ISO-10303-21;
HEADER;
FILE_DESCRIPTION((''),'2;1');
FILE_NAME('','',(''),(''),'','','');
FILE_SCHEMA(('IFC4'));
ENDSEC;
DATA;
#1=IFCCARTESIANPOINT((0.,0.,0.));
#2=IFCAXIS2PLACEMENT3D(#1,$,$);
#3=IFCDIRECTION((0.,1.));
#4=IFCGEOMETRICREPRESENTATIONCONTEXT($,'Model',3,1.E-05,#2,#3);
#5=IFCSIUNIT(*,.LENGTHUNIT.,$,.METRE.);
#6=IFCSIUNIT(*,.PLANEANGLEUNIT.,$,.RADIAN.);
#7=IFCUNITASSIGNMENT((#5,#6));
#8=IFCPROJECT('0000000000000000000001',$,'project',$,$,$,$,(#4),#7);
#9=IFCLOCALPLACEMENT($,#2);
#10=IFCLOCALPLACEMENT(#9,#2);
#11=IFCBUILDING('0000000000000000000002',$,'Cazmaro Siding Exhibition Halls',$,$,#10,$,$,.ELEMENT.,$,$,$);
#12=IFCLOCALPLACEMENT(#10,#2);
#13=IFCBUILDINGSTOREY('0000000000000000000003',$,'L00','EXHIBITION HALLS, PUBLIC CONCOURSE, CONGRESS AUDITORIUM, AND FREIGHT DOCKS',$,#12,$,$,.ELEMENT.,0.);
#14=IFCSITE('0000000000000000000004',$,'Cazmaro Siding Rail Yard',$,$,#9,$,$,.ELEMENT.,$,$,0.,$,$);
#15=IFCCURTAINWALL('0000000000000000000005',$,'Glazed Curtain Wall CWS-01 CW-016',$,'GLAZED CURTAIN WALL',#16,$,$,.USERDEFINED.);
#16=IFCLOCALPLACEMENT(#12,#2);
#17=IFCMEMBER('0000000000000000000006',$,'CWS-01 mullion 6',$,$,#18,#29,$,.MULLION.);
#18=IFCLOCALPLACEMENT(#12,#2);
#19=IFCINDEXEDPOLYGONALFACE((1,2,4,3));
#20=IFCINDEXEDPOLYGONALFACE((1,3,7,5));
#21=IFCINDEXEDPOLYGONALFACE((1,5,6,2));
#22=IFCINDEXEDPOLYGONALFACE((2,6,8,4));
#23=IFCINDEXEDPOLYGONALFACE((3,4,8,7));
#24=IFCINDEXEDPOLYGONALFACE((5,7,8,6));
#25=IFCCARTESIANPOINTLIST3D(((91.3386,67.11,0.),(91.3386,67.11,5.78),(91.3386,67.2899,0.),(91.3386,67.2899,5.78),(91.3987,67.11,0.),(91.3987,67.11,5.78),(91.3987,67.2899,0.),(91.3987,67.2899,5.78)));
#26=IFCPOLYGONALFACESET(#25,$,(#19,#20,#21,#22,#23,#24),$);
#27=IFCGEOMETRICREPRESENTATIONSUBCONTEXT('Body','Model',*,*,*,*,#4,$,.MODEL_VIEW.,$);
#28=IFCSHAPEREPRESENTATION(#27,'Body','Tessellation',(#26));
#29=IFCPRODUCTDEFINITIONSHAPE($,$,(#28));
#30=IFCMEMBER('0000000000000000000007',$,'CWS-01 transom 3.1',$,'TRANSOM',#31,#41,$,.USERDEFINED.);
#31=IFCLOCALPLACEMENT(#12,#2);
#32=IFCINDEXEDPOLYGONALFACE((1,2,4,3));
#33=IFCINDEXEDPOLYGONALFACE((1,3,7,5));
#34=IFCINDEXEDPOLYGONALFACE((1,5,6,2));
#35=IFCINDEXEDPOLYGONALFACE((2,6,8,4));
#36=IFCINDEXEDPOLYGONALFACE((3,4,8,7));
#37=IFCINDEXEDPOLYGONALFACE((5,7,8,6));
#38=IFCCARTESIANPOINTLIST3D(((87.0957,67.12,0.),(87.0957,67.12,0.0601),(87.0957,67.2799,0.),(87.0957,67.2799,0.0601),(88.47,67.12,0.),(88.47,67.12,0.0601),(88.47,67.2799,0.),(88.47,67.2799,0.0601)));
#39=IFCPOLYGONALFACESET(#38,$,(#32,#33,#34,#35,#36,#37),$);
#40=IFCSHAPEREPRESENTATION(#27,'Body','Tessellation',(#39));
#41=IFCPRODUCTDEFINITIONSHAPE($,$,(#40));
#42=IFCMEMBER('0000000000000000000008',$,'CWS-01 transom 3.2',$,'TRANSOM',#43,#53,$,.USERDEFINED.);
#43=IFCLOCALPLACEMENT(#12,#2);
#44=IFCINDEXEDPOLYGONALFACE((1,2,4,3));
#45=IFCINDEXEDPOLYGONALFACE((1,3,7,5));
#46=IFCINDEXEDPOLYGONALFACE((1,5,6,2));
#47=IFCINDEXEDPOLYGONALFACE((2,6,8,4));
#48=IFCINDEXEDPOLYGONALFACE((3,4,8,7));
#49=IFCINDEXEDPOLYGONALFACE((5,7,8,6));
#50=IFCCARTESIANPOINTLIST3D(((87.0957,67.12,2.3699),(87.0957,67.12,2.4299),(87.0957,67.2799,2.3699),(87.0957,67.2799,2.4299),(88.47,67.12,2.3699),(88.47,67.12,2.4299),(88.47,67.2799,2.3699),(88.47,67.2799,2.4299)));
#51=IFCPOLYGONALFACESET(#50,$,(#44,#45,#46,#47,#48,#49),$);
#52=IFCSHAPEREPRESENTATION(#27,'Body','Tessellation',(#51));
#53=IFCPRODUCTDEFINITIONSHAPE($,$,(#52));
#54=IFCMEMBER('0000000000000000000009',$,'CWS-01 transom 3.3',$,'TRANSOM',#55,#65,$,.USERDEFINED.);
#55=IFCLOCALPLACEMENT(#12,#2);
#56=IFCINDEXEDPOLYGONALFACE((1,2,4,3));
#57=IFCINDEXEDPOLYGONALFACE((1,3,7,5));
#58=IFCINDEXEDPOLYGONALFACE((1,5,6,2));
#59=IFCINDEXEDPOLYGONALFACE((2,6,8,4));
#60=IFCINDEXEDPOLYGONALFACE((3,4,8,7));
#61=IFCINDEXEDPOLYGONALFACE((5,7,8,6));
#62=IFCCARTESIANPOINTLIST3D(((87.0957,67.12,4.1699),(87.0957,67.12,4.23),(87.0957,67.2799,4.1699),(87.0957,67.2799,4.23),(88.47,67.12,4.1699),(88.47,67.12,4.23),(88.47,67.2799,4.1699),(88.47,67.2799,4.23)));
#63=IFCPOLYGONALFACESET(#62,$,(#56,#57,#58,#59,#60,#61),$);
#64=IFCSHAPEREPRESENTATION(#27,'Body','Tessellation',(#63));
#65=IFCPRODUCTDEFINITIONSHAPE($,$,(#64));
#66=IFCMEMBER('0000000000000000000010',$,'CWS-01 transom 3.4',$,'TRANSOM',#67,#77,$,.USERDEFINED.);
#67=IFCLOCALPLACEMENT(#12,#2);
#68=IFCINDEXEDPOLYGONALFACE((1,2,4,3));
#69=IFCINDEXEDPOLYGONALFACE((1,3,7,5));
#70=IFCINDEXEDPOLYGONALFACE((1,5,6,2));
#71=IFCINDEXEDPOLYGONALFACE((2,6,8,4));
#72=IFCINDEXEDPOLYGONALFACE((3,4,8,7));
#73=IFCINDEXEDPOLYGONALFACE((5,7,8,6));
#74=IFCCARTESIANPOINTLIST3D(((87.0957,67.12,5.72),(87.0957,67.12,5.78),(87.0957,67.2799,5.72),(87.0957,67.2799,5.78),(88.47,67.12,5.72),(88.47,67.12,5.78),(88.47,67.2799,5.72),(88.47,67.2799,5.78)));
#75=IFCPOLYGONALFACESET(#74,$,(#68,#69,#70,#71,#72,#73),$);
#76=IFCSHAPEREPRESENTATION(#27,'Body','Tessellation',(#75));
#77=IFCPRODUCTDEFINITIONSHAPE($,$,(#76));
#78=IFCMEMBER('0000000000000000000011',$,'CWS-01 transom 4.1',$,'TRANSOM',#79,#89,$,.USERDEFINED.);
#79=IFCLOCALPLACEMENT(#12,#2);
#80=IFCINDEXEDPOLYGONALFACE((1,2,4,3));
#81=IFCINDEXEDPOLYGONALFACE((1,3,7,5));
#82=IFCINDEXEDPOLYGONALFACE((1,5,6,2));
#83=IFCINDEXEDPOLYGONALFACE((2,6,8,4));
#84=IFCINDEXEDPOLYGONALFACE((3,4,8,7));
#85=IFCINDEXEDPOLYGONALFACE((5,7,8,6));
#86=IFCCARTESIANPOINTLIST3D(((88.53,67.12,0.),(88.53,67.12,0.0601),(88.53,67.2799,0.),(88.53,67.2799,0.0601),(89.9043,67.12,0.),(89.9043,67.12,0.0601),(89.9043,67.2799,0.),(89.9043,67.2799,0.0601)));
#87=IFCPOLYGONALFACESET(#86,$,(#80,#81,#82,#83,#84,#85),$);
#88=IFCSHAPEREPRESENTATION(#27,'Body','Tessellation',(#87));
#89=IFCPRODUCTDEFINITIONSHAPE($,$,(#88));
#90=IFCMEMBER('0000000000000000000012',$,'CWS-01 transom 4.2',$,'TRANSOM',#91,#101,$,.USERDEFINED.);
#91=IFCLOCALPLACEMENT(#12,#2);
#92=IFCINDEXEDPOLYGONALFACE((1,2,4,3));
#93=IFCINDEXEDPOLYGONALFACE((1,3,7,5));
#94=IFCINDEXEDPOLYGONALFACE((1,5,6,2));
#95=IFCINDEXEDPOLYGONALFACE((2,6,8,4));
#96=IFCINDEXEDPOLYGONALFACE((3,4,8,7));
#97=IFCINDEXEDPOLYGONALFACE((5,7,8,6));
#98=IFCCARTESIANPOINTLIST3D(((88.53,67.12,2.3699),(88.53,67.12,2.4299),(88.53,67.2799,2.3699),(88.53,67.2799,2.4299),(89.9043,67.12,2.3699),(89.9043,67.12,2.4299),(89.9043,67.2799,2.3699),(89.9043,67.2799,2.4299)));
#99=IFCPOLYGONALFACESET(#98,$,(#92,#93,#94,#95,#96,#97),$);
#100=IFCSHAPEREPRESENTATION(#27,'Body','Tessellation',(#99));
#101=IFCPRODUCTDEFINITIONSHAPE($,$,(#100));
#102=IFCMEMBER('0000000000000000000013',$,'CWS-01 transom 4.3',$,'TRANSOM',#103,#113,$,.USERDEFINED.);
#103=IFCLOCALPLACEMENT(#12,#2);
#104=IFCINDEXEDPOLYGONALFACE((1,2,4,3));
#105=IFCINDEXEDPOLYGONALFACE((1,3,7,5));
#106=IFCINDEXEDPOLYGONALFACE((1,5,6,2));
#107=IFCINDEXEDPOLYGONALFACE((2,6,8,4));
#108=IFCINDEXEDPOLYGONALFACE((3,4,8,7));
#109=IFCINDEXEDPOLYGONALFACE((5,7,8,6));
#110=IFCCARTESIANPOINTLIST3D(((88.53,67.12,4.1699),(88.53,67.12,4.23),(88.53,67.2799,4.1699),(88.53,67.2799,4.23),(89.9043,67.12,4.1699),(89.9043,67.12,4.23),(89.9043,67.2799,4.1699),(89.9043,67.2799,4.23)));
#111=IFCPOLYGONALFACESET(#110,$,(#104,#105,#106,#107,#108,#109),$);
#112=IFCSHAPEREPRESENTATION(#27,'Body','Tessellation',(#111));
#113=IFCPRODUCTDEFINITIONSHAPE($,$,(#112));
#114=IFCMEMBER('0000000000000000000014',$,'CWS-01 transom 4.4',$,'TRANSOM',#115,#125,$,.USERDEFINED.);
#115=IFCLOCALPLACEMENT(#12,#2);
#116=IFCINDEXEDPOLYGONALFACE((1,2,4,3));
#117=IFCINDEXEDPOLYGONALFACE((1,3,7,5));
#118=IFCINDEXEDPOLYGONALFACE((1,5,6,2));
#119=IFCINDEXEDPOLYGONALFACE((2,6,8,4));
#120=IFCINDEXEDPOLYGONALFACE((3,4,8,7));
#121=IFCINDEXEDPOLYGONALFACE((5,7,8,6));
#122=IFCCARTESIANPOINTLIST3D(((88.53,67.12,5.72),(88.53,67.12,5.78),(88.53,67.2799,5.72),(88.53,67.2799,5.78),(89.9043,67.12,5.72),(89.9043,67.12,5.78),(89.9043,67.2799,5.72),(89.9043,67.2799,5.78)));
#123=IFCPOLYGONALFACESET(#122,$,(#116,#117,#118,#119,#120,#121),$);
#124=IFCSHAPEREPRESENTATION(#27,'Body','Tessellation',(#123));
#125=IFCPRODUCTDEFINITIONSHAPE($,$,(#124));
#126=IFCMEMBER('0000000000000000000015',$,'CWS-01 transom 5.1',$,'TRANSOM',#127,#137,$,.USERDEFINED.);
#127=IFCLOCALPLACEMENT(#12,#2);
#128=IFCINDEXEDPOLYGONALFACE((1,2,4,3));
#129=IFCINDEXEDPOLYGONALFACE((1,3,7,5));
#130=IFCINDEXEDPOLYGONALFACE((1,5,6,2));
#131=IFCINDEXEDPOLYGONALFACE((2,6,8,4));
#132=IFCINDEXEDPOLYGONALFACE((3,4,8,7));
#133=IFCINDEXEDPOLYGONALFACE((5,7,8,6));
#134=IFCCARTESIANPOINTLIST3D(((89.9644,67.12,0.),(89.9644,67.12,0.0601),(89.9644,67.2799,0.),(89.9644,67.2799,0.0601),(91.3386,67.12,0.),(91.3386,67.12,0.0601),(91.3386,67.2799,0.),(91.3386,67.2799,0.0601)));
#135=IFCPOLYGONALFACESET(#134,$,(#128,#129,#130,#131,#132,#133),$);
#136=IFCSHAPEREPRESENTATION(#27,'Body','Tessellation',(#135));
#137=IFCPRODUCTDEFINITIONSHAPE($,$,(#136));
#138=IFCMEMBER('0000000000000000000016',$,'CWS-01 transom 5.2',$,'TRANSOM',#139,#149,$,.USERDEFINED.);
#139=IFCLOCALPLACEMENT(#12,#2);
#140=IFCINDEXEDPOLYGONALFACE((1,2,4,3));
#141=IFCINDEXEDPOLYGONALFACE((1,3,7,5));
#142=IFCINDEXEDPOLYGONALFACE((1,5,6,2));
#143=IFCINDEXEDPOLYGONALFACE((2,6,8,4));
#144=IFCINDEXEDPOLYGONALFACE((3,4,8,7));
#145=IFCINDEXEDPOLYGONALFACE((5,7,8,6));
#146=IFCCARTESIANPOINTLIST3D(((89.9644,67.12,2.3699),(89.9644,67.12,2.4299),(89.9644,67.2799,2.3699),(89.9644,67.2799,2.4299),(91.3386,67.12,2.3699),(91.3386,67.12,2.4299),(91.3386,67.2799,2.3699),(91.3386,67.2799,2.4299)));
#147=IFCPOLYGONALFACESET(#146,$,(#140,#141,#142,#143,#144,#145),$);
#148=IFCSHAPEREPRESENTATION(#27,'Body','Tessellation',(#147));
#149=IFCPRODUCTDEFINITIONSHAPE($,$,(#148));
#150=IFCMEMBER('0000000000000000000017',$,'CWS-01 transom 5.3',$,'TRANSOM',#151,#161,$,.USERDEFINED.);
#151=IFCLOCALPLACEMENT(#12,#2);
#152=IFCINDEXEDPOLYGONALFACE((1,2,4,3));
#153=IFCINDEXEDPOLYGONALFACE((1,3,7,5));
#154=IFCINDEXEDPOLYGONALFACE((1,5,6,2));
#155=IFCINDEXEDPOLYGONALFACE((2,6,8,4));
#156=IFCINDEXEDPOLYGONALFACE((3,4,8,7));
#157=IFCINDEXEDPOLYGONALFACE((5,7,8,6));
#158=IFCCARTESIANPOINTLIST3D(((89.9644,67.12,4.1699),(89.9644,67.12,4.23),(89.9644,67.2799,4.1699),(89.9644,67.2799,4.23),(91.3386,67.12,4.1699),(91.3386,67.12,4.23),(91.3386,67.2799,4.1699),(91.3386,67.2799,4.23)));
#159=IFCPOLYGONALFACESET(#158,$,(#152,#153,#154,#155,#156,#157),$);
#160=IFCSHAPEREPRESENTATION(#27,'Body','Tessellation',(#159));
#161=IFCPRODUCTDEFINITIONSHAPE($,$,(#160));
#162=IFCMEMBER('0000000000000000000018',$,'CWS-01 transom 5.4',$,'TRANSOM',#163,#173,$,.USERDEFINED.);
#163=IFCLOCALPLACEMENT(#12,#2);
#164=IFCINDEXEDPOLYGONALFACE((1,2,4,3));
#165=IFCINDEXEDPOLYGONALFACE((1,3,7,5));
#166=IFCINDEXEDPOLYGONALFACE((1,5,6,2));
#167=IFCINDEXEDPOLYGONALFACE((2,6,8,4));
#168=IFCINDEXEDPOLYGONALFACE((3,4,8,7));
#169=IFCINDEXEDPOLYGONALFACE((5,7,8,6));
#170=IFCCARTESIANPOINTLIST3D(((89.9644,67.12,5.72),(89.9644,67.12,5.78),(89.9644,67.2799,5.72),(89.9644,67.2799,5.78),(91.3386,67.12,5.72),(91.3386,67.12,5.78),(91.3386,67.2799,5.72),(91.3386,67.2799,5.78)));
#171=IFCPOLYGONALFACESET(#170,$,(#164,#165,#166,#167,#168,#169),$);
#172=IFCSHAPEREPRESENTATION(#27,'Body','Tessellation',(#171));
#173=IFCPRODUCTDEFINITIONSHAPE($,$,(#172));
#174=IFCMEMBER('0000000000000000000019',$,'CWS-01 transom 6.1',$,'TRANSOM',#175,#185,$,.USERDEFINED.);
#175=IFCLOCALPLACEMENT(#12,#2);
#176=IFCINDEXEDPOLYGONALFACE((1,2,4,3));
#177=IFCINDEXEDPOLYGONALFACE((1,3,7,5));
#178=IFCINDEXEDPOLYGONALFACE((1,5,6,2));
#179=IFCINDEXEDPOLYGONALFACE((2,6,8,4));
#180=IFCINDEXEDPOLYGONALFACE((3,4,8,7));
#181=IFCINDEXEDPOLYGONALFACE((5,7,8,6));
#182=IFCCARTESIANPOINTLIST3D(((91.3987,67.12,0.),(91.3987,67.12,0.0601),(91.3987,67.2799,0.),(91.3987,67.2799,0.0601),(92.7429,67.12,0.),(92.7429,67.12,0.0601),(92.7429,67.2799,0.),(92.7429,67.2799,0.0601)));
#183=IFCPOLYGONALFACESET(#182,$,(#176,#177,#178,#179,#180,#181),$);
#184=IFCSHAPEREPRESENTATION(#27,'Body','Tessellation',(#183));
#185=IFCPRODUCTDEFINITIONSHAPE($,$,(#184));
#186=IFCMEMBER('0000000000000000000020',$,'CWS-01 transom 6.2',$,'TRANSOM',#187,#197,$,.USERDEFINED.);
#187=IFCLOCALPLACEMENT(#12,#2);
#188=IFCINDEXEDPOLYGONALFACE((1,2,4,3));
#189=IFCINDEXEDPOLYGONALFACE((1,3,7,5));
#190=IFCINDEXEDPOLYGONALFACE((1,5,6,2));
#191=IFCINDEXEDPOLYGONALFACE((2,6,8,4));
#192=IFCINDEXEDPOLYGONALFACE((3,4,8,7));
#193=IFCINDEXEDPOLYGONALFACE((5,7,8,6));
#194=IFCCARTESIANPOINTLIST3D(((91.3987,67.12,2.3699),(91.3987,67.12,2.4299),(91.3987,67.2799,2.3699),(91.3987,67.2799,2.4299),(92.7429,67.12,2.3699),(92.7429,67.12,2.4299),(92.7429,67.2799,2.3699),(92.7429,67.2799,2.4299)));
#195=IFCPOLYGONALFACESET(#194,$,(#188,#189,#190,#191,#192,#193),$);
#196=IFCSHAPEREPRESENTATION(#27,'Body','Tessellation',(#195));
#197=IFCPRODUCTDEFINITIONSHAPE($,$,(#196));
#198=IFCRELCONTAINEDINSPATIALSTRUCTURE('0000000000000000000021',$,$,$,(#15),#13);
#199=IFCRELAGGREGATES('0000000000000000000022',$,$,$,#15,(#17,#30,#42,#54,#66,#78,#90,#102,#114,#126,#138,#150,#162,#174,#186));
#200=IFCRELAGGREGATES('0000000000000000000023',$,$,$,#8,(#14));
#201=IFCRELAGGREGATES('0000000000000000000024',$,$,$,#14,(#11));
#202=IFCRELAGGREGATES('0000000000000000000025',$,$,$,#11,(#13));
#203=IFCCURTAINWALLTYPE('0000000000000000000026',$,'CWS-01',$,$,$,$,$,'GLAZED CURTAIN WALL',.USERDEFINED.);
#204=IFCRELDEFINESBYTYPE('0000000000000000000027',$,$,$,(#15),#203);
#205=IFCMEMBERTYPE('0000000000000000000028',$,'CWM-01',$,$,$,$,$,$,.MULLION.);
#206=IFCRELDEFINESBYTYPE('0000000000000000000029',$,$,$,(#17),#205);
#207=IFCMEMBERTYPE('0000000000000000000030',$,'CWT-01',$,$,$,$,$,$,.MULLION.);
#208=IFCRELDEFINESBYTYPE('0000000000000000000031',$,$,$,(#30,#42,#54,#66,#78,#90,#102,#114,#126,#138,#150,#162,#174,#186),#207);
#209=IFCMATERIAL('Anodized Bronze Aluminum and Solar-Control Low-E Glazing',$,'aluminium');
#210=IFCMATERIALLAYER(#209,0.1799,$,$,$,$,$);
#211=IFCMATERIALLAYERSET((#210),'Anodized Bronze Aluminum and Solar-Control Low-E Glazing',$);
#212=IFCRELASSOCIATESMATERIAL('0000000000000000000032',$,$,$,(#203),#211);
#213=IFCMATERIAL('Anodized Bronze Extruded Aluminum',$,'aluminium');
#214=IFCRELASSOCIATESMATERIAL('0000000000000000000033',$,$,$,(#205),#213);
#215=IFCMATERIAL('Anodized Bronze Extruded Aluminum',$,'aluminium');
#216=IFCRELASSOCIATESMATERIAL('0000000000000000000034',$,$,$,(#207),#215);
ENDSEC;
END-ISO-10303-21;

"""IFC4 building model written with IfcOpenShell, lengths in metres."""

from ifc_helpers import new_model, si_unit, direction, frame, origin, origin_2d, place, context, subcontext, project, spatial, rectangle, extrude, material, layer, layer_set, material_profile, profile_set, type_object, element, aggregate, save


model = new_model("IFC4")

# Units and contexts
model_context = context("Model", 3, precision=1e-05, world=origin(), true_north=direction((0.0, 1.0)))
body_context = subcontext(model_context, "Body", "Model", "MODEL_VIEW")
ifc_project = project(units=[si_unit("LENGTHUNIT", "METRE"), si_unit("PLANEANGLEUNIT", "RADIAN")], contexts=[model_context])

# Site, building, storey
site_placement = place(None, origin())
site = spatial("IfcSite", under=ifc_project, at=site_placement, Name="Cazmaro Siding Rail Yard", CompositionType="ELEMENT", RefElevation=0.0)
building_placement = place(site_placement, origin())
building = spatial("IfcBuilding", under=site, at=building_placement, Name="Cazmaro Siding Exhibition Halls", CompositionType="ELEMENT")
storey_placement = place(building_placement, origin())
storey = spatial("IfcBuildingStorey", under=building, at=storey_placement, Name="L00", Description="EXHIBITION HALLS, PUBLIC CONCOURSE, CONGRESS AUDITORIUM, AND FREIGHT DOCKS", CompositionType="ELEMENT", Elevation=0.0)

# Curtain wall, members
ifc_material_1 = material(Name="Anodized Bronze Aluminum and Solar-Control Low-E Glazing", Category="aluminium")
ifc_layer_1 = layer(ifc_material_1, 0.1799)
ifc_layer_set_1 = layer_set([ifc_layer_1], Name="Anodized Bronze Aluminum and Solar-Control Low-E Glazing")
curtain_wall_type = type_object("IfcCurtainWallType", Name="CWS-01", ElementType="GLAZED CURTAIN WALL", PredefinedType="USERDEFINED", material=ifc_layer_set_1)
curtain_wall_placement = place(storey_placement, origin())
curtain_wall = element("IfcCurtainWall", 1, at=curtain_wall_placement, inside=storey, type_object=curtain_wall_type, Name="Glazed Curtain Wall CWS-01 CW-016", ObjectType="GLAZED CURTAIN WALL", PredefinedType="USERDEFINED")
ifc_material_2 = material(Name="Anodized Bronze Extruded Aluminum", Category="aluminium")
ifc_material_profile_1 = material_profile(ifc_material_2, rectangle(XDim=0.1799, YDim=0.0601, at=origin_2d()), Name="CWM-01")
ifc_profile_set_1 = profile_set([ifc_material_profile_1], Name="Anodized Bronze Extruded Aluminum")
member_type_1 = type_object("IfcMemberType", Name="CWM-01", PredefinedType="MULLION", material=ifc_profile_set_1)
member_1_placement = place(storey_placement, frame((91.3687, 67.2, 0.0), z_axis=(0.0, 0.0, 1.0), x_axis=(0.0, 1.0, 0.0)))
member_1 = element("IfcMember", 2, at=member_1_placement, type_object=member_type_1, Name="CWS-01 mullion 6", PredefinedType="MULLION", context=body_context, shape_type="SweptSolid", body=[
    extrude(rectangle(XDim=0.1799, YDim=0.0601, at=origin_2d()), origin(), (0.0, 0.0, 1.0), 5.78),
])
ifc_material_3 = material(Name="Anodized Bronze Extruded Aluminum", Category="aluminium")
ifc_material_profile_2 = material_profile(ifc_material_3, rectangle(XDim=0.1599, YDim=0.0601, at=origin_2d()), Name="CWT-01")
ifc_profile_set_2 = profile_set([ifc_material_profile_2], Name="Anodized Bronze Extruded Aluminum")
member_type_2 = type_object("IfcMemberType", Name="CWT-01", PredefinedType="MULLION", material=ifc_profile_set_2)
member_2_placement = place(storey_placement, frame((87.0957, 67.2, 0.03), z_axis=(1.0, 0.0, 0.0), x_axis=(0.0, 1.0, 0.0)))
member_2 = element("IfcMember", 3, at=member_2_placement, type_object=member_type_2, Name="CWS-01 transom 3.1", ObjectType="TRANSOM", PredefinedType="USERDEFINED", context=body_context, shape_type="SweptSolid", body=[
    extrude(rectangle(XDim=0.1599, YDim=0.0601, at=origin_2d()), origin(), (0.0, 0.0, 1.0), 1.3743),
])
member_3_placement = place(storey_placement, frame((87.0957, 67.2, 2.3999), z_axis=(1.0, 0.0, 0.0), x_axis=(0.0, 1.0, 0.0)))
member_3 = element("IfcMember", 4, at=member_3_placement, type_object=member_type_2, Name="CWS-01 transom 3.2", ObjectType="TRANSOM", PredefinedType="USERDEFINED", context=body_context, shape_type="SweptSolid", body=[
    extrude(rectangle(XDim=0.1599, YDim=0.0601, at=origin_2d()), origin(), (0.0, 0.0, 1.0), 1.3743),
])
member_4_placement = place(storey_placement, frame((87.0957, 67.2, 4.2), z_axis=(1.0, 0.0, 0.0), x_axis=(0.0, 1.0, 0.0)))
member_4 = element("IfcMember", 5, at=member_4_placement, type_object=member_type_2, Name="CWS-01 transom 3.3", ObjectType="TRANSOM", PredefinedType="USERDEFINED", context=body_context, shape_type="SweptSolid", body=[
    extrude(rectangle(XDim=0.1599, YDim=0.0601, at=origin_2d()), origin(), (0.0, 0.0, 1.0), 1.3743),
])
member_5_placement = place(storey_placement, frame((87.0957, 67.2, 5.75), z_axis=(1.0, 0.0, 0.0), x_axis=(0.0, 1.0, 0.0)))
member_5 = element("IfcMember", 6, at=member_5_placement, type_object=member_type_2, Name="CWS-01 transom 3.4", ObjectType="TRANSOM", PredefinedType="USERDEFINED", context=body_context, shape_type="SweptSolid", body=[
    extrude(rectangle(XDim=0.1599, YDim=0.0601, at=origin_2d()), origin(), (0.0, 0.0, 1.0), 1.3743),
])
member_6_placement = place(storey_placement, frame((88.53, 67.2, 0.03), z_axis=(1.0, 0.0, 0.0), x_axis=(0.0, 1.0, 0.0)))
member_6 = element("IfcMember", 7, at=member_6_placement, type_object=member_type_2, Name="CWS-01 transom 4.1", ObjectType="TRANSOM", PredefinedType="USERDEFINED", context=body_context, shape_type="SweptSolid", body=[
    extrude(rectangle(XDim=0.1599, YDim=0.0601, at=origin_2d()), origin(), (0.0, 0.0, 1.0), 1.3743),
])
member_7_placement = place(storey_placement, frame((88.53, 67.2, 2.3999), z_axis=(1.0, 0.0, 0.0), x_axis=(0.0, 1.0, 0.0)))
member_7 = element("IfcMember", 8, at=member_7_placement, type_object=member_type_2, Name="CWS-01 transom 4.2", ObjectType="TRANSOM", PredefinedType="USERDEFINED", context=body_context, shape_type="SweptSolid", body=[
    extrude(rectangle(XDim=0.1599, YDim=0.0601, at=origin_2d()), origin(), (0.0, 0.0, 1.0), 1.3743),
])
member_8_placement = place(storey_placement, frame((88.53, 67.2, 4.2), z_axis=(1.0, 0.0, 0.0), x_axis=(0.0, 1.0, 0.0)))
member_8 = element("IfcMember", 9, at=member_8_placement, type_object=member_type_2, Name="CWS-01 transom 4.3", ObjectType="TRANSOM", PredefinedType="USERDEFINED", context=body_context, shape_type="SweptSolid", body=[
    extrude(rectangle(XDim=0.1599, YDim=0.0601, at=origin_2d()), origin(), (0.0, 0.0, 1.0), 1.3743),
])
member_9_placement = place(storey_placement, frame((88.53, 67.2, 5.75), z_axis=(1.0, 0.0, 0.0), x_axis=(0.0, 1.0, 0.0)))
member_9 = element("IfcMember", 10, at=member_9_placement, type_object=member_type_2, Name="CWS-01 transom 4.4", ObjectType="TRANSOM", PredefinedType="USERDEFINED", context=body_context, shape_type="SweptSolid", body=[
    extrude(rectangle(XDim=0.1599, YDim=0.0601, at=origin_2d()), origin(), (0.0, 0.0, 1.0), 1.3743),
])
member_10_placement = place(storey_placement, frame((89.9644, 67.2, 0.03), z_axis=(1.0, 0.0, 0.0), x_axis=(0.0, 1.0, 0.0)))
member_10 = element("IfcMember", 11, at=member_10_placement, type_object=member_type_2, Name="CWS-01 transom 5.1", ObjectType="TRANSOM", PredefinedType="USERDEFINED", context=body_context, shape_type="SweptSolid", body=[
    extrude(rectangle(XDim=0.1599, YDim=0.0601, at=origin_2d()), origin(), (0.0, 0.0, 1.0), 1.3743),
])
member_11_placement = place(storey_placement, frame((89.9644, 67.2, 2.3999), z_axis=(1.0, 0.0, 0.0), x_axis=(0.0, 1.0, 0.0)))
member_11 = element("IfcMember", 12, at=member_11_placement, type_object=member_type_2, Name="CWS-01 transom 5.2", ObjectType="TRANSOM", PredefinedType="USERDEFINED", context=body_context, shape_type="SweptSolid", body=[
    extrude(rectangle(XDim=0.1599, YDim=0.0601, at=origin_2d()), origin(), (0.0, 0.0, 1.0), 1.3743),
])
member_12_placement = place(storey_placement, frame((89.9644, 67.2, 4.2), z_axis=(1.0, 0.0, 0.0), x_axis=(0.0, 1.0, 0.0)))
member_12 = element("IfcMember", 13, at=member_12_placement, type_object=member_type_2, Name="CWS-01 transom 5.3", ObjectType="TRANSOM", PredefinedType="USERDEFINED", context=body_context, shape_type="SweptSolid", body=[
    extrude(rectangle(XDim=0.1599, YDim=0.0601, at=origin_2d()), origin(), (0.0, 0.0, 1.0), 1.3743),
])
member_13_placement = place(storey_placement, frame((89.9644, 67.2, 5.75), z_axis=(1.0, 0.0, 0.0), x_axis=(0.0, 1.0, 0.0)))
member_13 = element("IfcMember", 14, at=member_13_placement, type_object=member_type_2, Name="CWS-01 transom 5.4", ObjectType="TRANSOM", PredefinedType="USERDEFINED", context=body_context, shape_type="SweptSolid", body=[
    extrude(rectangle(XDim=0.1599, YDim=0.0601, at=origin_2d()), origin(), (0.0, 0.0, 1.0), 1.3743),
])
member_14_placement = place(storey_placement, frame((91.3987, 67.2, 0.03), z_axis=(1.0, 0.0, 0.0), x_axis=(0.0, 1.0, 0.0)))
member_14 = element("IfcMember", 15, at=member_14_placement, type_object=member_type_2, Name="CWS-01 transom 6.1", ObjectType="TRANSOM", PredefinedType="USERDEFINED", context=body_context, shape_type="SweptSolid", body=[
    extrude(rectangle(XDim=0.1599, YDim=0.0601, at=origin_2d()), origin(), (0.0, 0.0, 1.0), 1.3442),
])
member_15_placement = place(storey_placement, frame((91.3987, 67.2, 2.3999), z_axis=(1.0, 0.0, 0.0), x_axis=(0.0, 1.0, 0.0)))
member_15 = element("IfcMember", 16, at=member_15_placement, type_object=member_type_2, Name="CWS-01 transom 6.2", ObjectType="TRANSOM", PredefinedType="USERDEFINED", context=body_context, shape_type="SweptSolid", body=[
    extrude(rectangle(XDim=0.1599, YDim=0.0601, at=origin_2d()), origin(), (0.0, 0.0, 1.0), 1.3442),
])
aggregate(curtain_wall, [member_1, member_2, member_3, member_4, member_5, member_6, member_7, member_8, member_9, member_10, member_11, member_12, member_13, member_14, member_15])

save(model, "model.ifc")
